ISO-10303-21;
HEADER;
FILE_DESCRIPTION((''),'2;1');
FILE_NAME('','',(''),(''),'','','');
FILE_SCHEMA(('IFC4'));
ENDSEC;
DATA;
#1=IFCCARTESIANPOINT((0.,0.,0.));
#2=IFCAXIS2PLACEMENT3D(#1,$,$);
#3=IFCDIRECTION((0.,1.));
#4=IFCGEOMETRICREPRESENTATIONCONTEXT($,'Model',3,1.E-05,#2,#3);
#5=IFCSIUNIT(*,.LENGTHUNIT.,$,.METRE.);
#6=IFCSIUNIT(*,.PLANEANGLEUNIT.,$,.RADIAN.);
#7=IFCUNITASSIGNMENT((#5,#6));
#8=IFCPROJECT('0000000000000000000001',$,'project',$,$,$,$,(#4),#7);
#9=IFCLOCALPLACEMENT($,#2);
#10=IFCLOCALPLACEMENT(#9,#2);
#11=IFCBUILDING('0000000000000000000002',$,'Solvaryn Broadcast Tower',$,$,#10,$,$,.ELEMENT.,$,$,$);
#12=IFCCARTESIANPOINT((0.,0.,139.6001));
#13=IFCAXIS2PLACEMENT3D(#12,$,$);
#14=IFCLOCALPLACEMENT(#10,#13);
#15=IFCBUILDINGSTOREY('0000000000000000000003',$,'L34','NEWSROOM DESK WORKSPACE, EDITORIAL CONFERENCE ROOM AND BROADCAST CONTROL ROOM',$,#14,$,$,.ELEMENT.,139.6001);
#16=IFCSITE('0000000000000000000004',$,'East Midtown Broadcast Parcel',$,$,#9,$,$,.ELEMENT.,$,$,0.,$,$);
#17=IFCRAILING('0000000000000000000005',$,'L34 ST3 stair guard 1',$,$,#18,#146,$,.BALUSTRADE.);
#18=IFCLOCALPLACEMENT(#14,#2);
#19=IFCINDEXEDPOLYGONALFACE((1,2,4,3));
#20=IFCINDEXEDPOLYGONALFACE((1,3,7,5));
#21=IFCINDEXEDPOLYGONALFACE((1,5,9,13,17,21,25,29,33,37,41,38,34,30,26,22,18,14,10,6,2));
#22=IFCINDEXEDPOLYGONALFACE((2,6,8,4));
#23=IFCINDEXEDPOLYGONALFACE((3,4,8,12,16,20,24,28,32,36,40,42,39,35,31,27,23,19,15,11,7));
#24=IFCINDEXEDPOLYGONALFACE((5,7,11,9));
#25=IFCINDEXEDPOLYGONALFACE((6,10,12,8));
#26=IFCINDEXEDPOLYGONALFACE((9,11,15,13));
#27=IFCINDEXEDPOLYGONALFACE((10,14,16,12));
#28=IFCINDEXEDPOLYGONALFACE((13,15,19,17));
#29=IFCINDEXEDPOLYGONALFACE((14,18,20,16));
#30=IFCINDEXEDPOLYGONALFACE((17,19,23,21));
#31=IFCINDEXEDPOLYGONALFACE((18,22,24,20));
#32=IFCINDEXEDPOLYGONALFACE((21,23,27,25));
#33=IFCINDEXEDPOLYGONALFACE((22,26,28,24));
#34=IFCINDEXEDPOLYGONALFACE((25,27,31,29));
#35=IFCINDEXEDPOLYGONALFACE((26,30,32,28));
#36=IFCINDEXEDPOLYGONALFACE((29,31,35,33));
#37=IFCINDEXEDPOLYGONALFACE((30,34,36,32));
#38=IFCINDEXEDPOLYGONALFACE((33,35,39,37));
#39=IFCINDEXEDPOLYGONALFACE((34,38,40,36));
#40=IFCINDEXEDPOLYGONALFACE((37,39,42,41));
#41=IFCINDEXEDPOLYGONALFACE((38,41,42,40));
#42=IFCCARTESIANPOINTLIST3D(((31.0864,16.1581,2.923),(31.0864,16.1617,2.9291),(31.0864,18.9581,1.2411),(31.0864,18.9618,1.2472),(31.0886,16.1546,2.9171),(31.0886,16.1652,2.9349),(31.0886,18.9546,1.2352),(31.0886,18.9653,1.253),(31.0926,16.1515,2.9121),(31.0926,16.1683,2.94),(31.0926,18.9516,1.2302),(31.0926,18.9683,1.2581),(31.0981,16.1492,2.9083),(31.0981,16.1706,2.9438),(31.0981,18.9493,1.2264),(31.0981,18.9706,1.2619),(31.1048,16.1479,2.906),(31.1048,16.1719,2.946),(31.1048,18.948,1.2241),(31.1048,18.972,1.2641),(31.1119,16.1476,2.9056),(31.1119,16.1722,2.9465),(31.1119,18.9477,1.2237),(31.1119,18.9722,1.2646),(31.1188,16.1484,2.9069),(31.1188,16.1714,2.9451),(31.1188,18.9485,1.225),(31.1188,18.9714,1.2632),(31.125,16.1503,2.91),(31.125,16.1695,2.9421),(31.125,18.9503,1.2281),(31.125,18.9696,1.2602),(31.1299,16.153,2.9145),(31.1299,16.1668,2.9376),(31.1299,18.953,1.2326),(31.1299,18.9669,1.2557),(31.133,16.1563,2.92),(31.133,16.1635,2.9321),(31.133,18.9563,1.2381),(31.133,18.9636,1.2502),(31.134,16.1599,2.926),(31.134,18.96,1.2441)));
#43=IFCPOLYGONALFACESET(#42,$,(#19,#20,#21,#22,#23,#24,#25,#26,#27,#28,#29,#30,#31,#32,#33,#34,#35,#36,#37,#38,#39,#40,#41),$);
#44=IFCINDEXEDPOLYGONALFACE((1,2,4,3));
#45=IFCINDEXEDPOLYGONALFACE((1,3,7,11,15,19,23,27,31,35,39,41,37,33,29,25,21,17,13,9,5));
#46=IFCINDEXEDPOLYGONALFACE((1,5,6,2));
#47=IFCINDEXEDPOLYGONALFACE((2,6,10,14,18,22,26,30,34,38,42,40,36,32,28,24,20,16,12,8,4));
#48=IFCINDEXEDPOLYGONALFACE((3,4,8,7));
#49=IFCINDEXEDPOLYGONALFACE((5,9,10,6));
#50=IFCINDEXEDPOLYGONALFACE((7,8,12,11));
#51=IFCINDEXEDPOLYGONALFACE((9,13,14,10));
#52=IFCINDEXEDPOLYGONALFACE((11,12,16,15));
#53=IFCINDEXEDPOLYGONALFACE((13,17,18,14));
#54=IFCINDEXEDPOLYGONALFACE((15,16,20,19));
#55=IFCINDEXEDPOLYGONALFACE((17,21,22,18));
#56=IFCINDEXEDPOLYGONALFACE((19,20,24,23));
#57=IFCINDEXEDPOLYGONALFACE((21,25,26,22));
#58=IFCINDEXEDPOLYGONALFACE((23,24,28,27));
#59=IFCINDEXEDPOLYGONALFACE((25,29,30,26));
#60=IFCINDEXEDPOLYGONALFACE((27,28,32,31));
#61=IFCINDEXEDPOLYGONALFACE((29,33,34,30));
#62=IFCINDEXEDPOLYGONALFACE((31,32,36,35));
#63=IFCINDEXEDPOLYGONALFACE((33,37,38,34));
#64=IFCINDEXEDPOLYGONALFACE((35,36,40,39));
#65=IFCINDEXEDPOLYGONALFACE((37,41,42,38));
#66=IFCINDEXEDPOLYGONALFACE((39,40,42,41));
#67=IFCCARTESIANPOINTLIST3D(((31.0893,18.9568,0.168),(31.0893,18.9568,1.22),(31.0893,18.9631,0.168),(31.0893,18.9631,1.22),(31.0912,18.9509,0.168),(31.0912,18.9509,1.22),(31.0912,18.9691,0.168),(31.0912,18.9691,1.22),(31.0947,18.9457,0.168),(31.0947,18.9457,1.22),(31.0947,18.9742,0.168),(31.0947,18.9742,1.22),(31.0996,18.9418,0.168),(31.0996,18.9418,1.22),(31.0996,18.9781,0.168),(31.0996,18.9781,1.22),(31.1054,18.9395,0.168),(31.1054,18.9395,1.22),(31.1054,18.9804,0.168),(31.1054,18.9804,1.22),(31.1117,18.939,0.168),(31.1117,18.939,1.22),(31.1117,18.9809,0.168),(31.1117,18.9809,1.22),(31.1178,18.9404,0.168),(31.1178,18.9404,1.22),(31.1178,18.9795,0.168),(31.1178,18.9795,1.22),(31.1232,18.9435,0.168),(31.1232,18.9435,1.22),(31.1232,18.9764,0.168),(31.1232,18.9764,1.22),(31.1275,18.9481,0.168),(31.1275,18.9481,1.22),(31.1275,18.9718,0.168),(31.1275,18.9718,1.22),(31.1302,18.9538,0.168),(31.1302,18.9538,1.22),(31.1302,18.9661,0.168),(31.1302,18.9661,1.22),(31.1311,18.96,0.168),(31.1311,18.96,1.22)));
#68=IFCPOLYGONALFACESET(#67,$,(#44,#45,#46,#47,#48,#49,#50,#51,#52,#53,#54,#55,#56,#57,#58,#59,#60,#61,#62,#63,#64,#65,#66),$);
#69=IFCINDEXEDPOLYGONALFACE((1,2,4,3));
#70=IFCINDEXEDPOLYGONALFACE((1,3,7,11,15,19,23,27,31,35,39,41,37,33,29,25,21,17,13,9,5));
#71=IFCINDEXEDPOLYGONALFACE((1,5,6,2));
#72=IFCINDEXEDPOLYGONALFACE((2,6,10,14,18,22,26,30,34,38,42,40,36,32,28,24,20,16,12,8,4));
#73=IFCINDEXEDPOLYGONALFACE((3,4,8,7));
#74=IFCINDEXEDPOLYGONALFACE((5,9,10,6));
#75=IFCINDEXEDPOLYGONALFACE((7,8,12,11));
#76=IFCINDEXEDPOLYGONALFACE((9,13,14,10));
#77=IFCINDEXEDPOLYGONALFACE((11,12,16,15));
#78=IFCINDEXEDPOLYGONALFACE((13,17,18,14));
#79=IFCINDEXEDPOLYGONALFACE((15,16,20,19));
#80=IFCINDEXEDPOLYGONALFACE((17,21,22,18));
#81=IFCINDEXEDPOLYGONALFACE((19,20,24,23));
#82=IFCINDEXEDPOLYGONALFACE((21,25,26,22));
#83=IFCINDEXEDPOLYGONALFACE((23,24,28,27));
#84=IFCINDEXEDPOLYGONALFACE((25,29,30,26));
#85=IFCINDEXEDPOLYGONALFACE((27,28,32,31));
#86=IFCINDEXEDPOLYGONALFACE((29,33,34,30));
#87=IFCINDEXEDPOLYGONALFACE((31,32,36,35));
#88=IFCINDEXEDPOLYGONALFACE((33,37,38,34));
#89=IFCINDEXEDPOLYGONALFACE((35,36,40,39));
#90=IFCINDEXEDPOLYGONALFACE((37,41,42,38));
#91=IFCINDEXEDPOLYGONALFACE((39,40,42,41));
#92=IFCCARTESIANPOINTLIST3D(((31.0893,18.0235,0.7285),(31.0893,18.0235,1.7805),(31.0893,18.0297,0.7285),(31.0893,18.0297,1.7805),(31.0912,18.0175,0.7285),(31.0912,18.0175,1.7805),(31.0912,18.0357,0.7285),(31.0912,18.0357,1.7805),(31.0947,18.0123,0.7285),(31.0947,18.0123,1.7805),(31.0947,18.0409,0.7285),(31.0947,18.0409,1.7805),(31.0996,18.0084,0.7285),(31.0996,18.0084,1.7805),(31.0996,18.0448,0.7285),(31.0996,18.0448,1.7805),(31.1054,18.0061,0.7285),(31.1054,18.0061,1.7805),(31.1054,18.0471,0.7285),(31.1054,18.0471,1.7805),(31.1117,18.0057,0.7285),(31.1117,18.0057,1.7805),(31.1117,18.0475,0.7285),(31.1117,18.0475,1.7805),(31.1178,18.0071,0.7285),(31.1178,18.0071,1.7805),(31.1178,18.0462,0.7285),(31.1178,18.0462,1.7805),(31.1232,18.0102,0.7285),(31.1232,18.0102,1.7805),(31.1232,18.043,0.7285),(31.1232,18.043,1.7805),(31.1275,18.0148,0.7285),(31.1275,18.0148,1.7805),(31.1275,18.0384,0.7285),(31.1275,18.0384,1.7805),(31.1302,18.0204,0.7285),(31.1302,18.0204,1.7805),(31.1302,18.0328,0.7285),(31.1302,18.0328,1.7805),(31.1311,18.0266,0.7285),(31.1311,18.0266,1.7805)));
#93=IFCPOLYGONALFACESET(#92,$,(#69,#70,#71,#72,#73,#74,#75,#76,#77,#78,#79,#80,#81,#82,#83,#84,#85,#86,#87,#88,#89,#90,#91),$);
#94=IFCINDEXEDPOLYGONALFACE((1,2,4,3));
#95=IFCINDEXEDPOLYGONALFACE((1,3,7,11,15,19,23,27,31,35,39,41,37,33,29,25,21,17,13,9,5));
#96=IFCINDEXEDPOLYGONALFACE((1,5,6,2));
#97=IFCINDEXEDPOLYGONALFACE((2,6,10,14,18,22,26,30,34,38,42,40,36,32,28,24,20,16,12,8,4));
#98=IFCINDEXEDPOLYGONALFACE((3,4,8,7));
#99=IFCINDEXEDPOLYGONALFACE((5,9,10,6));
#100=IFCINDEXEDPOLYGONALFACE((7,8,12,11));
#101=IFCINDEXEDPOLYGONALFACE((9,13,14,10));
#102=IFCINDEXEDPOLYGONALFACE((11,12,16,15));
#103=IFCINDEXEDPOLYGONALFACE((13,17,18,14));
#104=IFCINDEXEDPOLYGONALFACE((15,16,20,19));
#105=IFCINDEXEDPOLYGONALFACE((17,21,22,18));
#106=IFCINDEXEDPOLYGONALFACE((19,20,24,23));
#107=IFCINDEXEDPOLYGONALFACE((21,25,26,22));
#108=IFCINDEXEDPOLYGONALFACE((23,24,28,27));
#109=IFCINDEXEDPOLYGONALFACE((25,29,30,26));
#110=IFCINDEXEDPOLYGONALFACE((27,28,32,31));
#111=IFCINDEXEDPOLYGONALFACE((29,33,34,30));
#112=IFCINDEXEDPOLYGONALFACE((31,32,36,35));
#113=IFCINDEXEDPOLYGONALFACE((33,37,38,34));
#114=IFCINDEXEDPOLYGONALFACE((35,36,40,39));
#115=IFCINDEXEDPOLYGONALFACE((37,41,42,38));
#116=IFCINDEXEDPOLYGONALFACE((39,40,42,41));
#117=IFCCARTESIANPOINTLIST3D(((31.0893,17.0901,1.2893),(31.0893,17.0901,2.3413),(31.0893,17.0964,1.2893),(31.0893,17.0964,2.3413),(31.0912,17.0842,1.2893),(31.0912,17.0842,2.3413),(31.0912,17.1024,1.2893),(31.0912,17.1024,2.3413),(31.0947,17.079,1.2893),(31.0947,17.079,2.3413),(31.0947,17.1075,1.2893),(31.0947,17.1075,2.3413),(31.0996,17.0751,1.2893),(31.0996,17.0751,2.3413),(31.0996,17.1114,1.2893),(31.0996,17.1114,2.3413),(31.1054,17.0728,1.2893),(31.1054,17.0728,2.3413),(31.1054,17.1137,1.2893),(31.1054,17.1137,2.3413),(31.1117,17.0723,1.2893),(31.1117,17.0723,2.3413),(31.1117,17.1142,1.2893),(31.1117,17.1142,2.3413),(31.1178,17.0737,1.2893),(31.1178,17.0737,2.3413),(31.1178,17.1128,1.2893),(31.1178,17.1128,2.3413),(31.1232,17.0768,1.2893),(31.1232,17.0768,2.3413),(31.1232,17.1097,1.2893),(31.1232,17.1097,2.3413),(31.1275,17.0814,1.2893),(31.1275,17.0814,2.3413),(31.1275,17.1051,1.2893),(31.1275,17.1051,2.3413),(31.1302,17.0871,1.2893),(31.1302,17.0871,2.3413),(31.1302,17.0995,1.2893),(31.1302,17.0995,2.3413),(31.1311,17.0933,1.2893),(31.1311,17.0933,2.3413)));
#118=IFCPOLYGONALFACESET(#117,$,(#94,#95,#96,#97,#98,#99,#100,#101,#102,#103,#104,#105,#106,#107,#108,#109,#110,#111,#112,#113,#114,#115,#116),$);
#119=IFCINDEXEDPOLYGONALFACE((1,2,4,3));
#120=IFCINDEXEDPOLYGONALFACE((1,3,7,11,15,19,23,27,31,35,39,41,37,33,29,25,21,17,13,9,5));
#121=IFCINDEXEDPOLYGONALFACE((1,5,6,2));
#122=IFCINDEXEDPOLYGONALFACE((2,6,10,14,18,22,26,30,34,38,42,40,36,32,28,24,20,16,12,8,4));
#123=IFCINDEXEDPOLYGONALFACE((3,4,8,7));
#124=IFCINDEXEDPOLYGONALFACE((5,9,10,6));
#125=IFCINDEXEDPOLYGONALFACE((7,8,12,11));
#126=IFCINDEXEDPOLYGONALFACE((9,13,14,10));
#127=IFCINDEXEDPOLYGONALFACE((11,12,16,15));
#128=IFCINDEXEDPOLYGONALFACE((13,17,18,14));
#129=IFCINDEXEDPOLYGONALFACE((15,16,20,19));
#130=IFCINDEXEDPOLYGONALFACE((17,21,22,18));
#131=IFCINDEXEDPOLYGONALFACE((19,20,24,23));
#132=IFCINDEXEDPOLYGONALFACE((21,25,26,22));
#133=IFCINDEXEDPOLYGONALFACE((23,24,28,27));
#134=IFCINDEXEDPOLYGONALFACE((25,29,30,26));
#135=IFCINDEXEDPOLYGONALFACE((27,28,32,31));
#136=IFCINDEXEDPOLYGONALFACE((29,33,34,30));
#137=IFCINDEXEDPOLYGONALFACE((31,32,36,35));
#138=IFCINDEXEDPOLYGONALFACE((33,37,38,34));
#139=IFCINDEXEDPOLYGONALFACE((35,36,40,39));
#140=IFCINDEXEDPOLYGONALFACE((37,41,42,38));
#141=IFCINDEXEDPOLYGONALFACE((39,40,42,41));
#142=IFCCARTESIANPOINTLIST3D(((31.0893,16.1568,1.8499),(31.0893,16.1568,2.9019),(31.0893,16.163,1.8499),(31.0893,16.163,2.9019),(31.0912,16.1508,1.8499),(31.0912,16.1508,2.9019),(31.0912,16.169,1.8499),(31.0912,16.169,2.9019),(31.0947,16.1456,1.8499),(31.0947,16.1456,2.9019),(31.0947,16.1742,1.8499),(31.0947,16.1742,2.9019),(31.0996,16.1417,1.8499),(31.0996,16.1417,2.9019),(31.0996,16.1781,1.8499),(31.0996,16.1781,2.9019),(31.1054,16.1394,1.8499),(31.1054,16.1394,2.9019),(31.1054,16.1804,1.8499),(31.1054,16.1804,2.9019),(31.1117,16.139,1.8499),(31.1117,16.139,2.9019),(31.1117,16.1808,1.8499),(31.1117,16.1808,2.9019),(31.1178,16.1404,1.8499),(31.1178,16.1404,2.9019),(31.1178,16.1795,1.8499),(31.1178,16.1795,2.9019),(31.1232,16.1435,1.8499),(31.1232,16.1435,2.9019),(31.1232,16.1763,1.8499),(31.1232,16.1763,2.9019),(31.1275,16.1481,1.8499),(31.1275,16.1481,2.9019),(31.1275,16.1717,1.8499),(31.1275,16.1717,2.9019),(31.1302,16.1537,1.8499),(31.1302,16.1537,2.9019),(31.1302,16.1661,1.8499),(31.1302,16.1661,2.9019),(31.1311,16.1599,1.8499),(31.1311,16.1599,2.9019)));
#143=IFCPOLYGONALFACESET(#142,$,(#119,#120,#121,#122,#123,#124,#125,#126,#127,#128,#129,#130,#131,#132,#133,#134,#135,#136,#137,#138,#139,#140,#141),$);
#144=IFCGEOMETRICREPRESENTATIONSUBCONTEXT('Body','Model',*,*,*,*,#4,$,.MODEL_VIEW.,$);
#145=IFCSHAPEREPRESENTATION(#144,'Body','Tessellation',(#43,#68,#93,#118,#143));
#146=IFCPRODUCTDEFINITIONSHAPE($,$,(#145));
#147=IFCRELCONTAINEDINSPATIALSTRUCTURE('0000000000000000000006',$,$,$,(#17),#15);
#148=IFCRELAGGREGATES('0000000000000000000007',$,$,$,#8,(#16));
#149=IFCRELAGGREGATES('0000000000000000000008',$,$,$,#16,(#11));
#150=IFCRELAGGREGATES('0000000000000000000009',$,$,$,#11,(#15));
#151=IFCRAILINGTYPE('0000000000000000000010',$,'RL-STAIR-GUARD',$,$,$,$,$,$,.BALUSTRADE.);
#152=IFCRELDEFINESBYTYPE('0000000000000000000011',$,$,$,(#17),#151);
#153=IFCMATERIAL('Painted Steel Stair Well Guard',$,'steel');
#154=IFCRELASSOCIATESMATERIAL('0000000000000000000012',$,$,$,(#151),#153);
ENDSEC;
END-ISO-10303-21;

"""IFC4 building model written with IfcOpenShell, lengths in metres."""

from ifc_helpers import new_model, si_unit, direction, frame, origin, origin_2d, place, context, subcontext, project, spatial, circle, extrude, material, type_object, element, save


model = new_model("IFC4")

# Units and contexts
model_context = context("Model", 3, precision=1e-05, world=origin(), true_north=direction((0.0, 1.0)))
body_context = subcontext(model_context, "Body", "Model", "MODEL_VIEW")
ifc_project = project(units=[si_unit("LENGTHUNIT", "METRE"), si_unit("PLANEANGLEUNIT", "RADIAN")], contexts=[model_context])

# Site, building, storey
site_placement = place(None, origin())
site = spatial("IfcSite", under=ifc_project, at=site_placement, Name="East Midtown Broadcast Parcel", CompositionType="ELEMENT", RefElevation=0.0)
building_placement = place(site_placement, origin())
building = spatial("IfcBuilding", under=site, at=building_placement, Name="Solvaryn Broadcast Tower", CompositionType="ELEMENT")
storey_placement = place(building_placement, frame((0.0, 0.0, 139.6001)))
storey = spatial("IfcBuildingStorey", under=building, at=storey_placement, Name="L34", Description="NEWSROOM DESK WORKSPACE, EDITORIAL CONFERENCE ROOM AND BROADCAST CONTROL ROOM", CompositionType="ELEMENT", Elevation=139.6001)

# Railing
ifc_material_1 = material(Name="Painted Steel Stair Well Guard", Category="steel")
railing_type_1 = type_object("IfcRailingType", Name="RL-STAIR-GUARD", PredefinedType="BALUSTRADE", material=ifc_material_1)
railing_1_placement = place(storey_placement, frame((31.1101, 18.96, 0.168)))
element("IfcRailing", 1, at=railing_1_placement, inside=storey, type_object=railing_type_1, Name="L34 ST3 stair guard 1", PredefinedType="BALUSTRADE", context=body_context, shape_type="SweptSolid", body=[
    extrude(circle(Radius=0.0239, at=origin_2d()), frame((0.0, 0.0, 1.0762), z_axis=(0.0, -0.857242, 0.514913), x_axis=(1.0, 0.0, 0.0)), (0.0, 0.0, 1.0), 3.2664),
    extrude(circle(Radius=0.021, at=origin_2d()), origin(), (0.0, 0.0, 1.0), 1.052),
    extrude(circle(Radius=0.021, at=origin_2d()), frame((0.0, -0.9333, 0.5605)), (0.0, 0.0, 1.0), 1.052),
    extrude(circle(Radius=0.021, at=origin_2d()), frame((0.0, -1.8667, 1.1213)), (0.0, 0.0, 1.0), 1.052),
    extrude(circle(Radius=0.021, at=origin_2d()), frame((0.0, -2.8, 1.6819)), (0.0, 0.0, 1.0), 1.052),
])

save(model, "model.ifc")
